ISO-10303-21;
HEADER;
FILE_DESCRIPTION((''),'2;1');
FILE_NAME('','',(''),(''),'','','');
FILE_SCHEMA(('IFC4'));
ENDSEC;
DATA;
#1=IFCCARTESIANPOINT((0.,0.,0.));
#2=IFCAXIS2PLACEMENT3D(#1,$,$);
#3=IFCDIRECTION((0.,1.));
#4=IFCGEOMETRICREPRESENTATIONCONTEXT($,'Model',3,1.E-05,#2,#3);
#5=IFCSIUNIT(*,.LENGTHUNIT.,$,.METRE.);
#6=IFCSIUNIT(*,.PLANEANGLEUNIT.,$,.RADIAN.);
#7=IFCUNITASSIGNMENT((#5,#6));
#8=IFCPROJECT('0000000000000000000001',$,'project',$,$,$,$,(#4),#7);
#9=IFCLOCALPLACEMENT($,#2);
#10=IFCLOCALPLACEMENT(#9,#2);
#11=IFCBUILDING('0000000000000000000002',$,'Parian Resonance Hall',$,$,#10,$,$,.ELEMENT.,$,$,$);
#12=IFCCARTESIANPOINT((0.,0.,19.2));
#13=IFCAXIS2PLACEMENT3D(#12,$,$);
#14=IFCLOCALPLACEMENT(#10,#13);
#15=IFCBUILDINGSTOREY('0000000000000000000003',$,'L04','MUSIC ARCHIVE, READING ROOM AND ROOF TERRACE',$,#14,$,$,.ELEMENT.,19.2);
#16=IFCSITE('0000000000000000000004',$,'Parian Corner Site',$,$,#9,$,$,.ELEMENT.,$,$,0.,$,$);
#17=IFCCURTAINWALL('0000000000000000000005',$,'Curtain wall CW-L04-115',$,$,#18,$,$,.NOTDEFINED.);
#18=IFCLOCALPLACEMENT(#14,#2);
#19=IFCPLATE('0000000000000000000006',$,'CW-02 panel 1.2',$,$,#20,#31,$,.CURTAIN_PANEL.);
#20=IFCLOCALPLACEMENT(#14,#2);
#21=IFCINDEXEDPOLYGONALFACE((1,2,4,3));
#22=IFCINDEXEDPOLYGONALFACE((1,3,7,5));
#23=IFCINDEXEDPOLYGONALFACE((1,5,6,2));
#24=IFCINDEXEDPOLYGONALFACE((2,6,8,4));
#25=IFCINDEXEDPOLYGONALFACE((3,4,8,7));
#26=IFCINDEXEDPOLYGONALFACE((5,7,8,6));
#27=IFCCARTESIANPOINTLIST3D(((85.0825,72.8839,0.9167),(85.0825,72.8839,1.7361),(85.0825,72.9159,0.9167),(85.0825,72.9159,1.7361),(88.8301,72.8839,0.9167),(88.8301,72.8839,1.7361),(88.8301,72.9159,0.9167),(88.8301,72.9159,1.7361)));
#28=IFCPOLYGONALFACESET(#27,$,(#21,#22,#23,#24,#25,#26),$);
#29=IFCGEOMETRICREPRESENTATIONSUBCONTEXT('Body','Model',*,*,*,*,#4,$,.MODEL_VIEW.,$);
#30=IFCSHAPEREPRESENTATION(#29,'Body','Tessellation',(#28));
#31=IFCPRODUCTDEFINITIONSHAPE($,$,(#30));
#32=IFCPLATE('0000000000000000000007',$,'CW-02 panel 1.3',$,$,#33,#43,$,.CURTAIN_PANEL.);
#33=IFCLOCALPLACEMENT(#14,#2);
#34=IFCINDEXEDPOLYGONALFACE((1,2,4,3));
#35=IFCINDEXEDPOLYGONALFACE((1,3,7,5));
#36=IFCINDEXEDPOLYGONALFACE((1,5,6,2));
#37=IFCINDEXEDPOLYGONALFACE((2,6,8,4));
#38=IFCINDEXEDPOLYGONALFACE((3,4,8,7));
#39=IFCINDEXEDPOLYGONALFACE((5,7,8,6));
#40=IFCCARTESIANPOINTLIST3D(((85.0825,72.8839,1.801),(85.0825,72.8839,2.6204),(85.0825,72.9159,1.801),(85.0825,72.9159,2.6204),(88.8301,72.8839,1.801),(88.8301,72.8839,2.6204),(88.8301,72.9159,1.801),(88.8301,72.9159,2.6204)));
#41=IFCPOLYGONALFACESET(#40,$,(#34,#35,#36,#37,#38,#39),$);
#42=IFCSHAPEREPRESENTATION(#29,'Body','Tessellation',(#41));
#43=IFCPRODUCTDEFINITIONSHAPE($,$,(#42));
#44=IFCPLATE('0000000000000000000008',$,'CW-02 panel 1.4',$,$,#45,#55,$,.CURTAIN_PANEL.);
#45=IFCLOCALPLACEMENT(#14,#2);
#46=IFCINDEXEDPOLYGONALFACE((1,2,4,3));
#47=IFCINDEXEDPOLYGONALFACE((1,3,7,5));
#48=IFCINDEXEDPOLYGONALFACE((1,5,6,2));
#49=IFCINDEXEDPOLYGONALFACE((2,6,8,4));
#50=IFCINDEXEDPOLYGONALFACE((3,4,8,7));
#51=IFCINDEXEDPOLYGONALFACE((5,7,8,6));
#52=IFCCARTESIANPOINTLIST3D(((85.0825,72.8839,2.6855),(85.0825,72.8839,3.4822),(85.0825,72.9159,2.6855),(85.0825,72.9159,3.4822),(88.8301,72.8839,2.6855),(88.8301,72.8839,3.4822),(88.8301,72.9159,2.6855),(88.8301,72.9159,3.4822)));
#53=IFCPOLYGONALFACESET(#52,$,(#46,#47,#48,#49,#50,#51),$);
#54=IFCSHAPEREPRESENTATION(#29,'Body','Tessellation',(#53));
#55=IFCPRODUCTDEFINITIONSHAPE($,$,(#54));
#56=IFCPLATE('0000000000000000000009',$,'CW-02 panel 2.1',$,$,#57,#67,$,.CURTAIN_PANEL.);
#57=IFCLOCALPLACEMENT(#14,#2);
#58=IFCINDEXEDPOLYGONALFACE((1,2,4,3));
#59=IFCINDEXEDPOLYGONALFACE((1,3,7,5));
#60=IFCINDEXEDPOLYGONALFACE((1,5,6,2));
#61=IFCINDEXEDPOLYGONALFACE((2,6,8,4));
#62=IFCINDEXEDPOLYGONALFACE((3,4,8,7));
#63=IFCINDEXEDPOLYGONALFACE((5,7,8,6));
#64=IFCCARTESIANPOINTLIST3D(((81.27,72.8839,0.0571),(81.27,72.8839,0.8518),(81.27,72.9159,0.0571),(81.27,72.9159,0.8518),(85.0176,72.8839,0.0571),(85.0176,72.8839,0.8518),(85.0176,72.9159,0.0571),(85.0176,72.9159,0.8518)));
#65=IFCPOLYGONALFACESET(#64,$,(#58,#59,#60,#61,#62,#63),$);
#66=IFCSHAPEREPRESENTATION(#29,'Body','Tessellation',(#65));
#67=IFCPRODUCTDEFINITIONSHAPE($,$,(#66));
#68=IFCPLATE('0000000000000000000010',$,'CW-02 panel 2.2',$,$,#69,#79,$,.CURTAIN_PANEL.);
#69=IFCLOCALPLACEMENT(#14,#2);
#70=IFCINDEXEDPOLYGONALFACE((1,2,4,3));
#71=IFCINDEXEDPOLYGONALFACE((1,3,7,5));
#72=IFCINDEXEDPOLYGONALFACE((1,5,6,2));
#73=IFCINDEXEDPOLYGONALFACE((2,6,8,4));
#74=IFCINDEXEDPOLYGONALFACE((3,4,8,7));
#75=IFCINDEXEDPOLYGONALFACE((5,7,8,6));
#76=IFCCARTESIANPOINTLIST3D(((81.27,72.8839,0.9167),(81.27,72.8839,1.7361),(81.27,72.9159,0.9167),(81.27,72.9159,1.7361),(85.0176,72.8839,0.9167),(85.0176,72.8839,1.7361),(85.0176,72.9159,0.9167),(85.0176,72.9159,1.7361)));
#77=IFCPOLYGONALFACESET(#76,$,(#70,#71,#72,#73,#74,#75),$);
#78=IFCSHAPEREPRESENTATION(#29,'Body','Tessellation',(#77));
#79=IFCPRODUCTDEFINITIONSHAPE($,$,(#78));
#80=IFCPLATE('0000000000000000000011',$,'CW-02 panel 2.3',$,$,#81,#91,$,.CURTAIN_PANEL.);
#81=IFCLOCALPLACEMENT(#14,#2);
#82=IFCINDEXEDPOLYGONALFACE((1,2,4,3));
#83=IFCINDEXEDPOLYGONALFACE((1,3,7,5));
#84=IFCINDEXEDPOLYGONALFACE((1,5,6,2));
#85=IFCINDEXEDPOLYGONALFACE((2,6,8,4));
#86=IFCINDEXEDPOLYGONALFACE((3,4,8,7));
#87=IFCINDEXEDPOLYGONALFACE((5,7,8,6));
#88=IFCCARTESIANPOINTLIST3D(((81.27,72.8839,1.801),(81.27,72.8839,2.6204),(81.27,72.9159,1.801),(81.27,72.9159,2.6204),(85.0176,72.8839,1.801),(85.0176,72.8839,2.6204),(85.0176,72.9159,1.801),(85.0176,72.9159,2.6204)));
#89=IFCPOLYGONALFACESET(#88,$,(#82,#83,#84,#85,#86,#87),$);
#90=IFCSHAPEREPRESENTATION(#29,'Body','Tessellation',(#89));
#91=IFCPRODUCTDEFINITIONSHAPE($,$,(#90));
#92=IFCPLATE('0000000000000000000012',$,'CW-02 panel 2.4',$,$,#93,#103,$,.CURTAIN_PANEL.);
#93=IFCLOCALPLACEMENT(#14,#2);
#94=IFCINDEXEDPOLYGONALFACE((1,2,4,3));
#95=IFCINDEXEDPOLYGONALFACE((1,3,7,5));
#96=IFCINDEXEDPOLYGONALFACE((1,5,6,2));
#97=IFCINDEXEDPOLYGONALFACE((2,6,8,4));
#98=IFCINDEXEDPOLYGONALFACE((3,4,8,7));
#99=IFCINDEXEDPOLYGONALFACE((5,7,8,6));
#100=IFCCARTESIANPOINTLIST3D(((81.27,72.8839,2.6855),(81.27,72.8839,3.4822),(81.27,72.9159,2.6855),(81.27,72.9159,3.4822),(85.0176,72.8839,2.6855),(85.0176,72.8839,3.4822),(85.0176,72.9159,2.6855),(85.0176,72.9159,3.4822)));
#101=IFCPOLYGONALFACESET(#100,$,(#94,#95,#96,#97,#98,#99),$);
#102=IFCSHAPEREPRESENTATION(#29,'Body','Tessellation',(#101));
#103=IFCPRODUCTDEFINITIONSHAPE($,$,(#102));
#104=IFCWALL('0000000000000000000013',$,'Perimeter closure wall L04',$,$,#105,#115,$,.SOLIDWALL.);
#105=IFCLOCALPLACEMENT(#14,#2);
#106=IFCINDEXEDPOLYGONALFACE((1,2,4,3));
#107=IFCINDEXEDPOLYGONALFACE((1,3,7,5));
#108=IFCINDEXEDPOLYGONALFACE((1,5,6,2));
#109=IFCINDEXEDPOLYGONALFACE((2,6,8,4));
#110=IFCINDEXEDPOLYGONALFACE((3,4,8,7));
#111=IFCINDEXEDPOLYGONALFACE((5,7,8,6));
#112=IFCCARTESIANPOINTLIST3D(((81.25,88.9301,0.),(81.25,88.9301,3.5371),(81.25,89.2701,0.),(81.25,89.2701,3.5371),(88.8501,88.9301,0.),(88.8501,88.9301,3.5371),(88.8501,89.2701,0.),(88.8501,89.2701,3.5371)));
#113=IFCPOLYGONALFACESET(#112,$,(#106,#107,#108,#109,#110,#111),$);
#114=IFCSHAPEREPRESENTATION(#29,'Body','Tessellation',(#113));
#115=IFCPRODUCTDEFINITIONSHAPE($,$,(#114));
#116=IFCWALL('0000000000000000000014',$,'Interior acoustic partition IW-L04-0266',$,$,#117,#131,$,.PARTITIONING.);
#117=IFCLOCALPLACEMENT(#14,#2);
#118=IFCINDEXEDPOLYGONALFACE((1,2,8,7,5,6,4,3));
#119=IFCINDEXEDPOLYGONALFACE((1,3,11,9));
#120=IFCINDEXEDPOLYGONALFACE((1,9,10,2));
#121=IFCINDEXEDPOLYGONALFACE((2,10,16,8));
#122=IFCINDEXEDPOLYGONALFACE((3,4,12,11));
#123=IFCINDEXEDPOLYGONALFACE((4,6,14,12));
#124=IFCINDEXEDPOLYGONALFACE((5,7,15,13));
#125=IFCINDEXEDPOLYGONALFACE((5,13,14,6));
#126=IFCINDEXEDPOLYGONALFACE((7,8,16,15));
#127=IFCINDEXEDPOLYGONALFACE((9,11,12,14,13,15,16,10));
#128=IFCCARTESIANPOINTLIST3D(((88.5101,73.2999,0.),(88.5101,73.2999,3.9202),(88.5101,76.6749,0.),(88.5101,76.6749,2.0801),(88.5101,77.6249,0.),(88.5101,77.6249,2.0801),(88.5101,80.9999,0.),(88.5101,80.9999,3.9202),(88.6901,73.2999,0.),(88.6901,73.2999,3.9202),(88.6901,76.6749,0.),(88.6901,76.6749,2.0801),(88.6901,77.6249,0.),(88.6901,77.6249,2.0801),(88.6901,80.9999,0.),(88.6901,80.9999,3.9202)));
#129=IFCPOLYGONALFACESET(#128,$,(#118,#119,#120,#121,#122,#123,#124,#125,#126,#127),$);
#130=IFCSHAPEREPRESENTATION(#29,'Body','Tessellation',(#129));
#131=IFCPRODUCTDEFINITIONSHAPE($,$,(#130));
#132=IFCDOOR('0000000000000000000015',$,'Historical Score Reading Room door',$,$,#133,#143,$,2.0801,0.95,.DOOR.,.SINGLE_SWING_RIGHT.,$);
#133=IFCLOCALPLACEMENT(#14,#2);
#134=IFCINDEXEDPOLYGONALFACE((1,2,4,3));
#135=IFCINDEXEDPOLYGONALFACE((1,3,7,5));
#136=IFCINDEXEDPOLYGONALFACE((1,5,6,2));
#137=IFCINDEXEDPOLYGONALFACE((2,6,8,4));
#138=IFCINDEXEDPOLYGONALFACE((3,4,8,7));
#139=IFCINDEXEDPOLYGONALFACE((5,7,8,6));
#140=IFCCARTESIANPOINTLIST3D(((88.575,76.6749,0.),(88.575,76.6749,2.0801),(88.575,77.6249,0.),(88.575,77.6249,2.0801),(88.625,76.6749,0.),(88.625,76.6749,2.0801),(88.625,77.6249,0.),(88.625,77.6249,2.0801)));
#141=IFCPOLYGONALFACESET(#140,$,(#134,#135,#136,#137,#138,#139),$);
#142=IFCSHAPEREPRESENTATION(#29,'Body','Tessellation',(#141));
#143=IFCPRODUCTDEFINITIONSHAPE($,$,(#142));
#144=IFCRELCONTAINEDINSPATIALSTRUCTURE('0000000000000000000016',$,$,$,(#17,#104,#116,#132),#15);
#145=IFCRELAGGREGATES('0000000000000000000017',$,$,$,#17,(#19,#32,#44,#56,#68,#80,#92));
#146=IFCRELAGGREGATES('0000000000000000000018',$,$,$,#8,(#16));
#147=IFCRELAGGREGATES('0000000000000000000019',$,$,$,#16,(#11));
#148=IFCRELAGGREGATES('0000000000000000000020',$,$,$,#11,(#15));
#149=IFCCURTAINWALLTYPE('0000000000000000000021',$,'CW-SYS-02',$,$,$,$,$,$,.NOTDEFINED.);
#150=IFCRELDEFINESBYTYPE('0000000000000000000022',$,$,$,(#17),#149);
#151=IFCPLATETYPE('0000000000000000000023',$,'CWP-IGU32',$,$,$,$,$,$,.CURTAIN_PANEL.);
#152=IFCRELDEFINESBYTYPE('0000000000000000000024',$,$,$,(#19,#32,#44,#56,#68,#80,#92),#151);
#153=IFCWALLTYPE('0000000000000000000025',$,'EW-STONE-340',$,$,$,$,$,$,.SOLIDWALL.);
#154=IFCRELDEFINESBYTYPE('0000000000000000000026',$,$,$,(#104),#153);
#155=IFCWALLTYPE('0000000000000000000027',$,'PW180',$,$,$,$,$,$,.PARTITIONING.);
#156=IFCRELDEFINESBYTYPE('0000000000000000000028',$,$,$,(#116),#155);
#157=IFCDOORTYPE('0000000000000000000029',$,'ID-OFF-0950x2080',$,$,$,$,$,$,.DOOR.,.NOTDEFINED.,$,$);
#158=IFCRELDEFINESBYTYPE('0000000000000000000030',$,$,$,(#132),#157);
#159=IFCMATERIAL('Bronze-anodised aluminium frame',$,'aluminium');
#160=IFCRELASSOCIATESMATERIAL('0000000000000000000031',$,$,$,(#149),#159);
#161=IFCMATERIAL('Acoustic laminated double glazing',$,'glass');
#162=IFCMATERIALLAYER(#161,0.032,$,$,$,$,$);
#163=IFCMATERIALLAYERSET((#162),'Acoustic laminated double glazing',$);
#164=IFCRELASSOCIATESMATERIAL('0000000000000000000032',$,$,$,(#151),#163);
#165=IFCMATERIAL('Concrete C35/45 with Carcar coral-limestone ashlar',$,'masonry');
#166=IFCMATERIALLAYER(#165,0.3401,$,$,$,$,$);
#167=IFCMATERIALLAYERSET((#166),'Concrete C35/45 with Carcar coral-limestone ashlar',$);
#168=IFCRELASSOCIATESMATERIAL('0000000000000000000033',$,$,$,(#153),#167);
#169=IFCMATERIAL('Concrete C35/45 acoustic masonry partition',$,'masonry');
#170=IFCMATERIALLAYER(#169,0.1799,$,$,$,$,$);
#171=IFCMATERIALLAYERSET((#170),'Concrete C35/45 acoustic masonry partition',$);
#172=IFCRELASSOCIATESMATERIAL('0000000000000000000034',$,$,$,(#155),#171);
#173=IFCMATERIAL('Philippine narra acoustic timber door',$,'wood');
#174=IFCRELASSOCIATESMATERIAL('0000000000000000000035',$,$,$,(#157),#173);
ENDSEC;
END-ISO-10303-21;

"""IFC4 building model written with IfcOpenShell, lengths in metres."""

from ifc_helpers import new_model, si_unit, direction, frame, frame_2d, origin, origin_2d, place, context, subcontext, project, spatial, rectangle, extrude, material, layer, layer_set, type_object, element, fill, aggregate, save


model = new_model("IFC4")

# Units and contexts
model_context = context("Model", 3, precision=1e-05, world=origin(), true_north=direction((0.0, 1.0)))
body_context = subcontext(model_context, "Body", "Model", "MODEL_VIEW")
ifc_project = project(units=[si_unit("LENGTHUNIT", "METRE"), si_unit("PLANEANGLEUNIT", "RADIAN")], contexts=[model_context])

# Site, building, storey
site_placement = place(None, origin())
site = spatial("IfcSite", under=ifc_project, at=site_placement, Name="Parian Corner Site", CompositionType="ELEMENT", RefElevation=0.0)
building_placement = place(site_placement, origin())
building = spatial("IfcBuilding", under=site, at=building_placement, Name="Parian Resonance Hall", CompositionType="ELEMENT")
storey_placement = place(building_placement, frame((0.0, 0.0, 19.2)))
storey = spatial("IfcBuildingStorey", under=building, at=storey_placement, Name="L04", Description="MUSIC ARCHIVE, READING ROOM AND ROOF TERRACE", CompositionType="ELEMENT", Elevation=19.2)

# Curtain wall, plates
ifc_material_1 = material(Name="Bronze-anodised aluminium frame", Category="aluminium")
curtain_wall_type = type_object("IfcCurtainWallType", Name="CW-SYS-02", PredefinedType="NOTDEFINED", material=ifc_material_1)
curtain_wall_placement = place(storey_placement, origin())
curtain_wall = element("IfcCurtainWall", 1, at=curtain_wall_placement, inside=storey, type_object=curtain_wall_type, Name="Curtain wall CW-L04-115", PredefinedType="NOTDEFINED")
ifc_material_2 = material(Name="Acoustic laminated double glazing", Category="glass")
ifc_layer_1 = layer(ifc_material_2, 0.032)
ifc_layer_set_1 = layer_set([ifc_layer_1], Name="Acoustic laminated double glazing")
plate_type = type_object("IfcPlateType", Name="CWP-IGU32", PredefinedType="CURTAIN_PANEL", material=ifc_layer_set_1)
plate_1_placement = place(storey_placement, frame((86.9563, 72.8999, 0.9167), z_axis=(0.0, 0.0, 1.0), x_axis=(-1.0, 0.0, 0.0)))
plate_1 = element("IfcPlate", 2, at=plate_1_placement, type_object=plate_type, Name="CW-02 panel 1.2", PredefinedType="CURTAIN_PANEL", context=body_context, shape_type="SweptSolid", body=[
    extrude(rectangle(XDim=3.7476, YDim=0.032, at=origin_2d()), origin(), (0.0, 0.0, 1.0), 0.8193),
])
plate_2_placement = place(storey_placement, frame((86.9563, 72.8999, 1.801), z_axis=(0.0, 0.0, 1.0), x_axis=(-1.0, 0.0, 0.0)))
plate_2 = element("IfcPlate", 3, at=plate_2_placement, type_object=plate_type, Name="CW-02 panel 1.3", PredefinedType="CURTAIN_PANEL", context=body_context, shape_type="SweptSolid", body=[
    extrude(rectangle(XDim=3.7476, YDim=0.032, at=origin_2d()), origin(), (0.0, 0.0, 1.0), 0.8193),
])
plate_3_placement = place(storey_placement, frame((86.9563, 72.8999, 2.6855), z_axis=(0.0, 0.0, 1.0), x_axis=(-1.0, 0.0, 0.0)))
plate_3 = element("IfcPlate", 4, at=plate_3_placement, type_object=plate_type, Name="CW-02 panel 1.4", PredefinedType="CURTAIN_PANEL", context=body_context, shape_type="SweptSolid", body=[
    extrude(rectangle(XDim=3.7476, YDim=0.032, at=origin_2d()), origin(), (0.0, 0.0, 1.0), 0.7966),
])
plate_4_placement = place(storey_placement, frame((83.1438, 72.8999, 0.0571), z_axis=(0.0, 0.0, 1.0), x_axis=(-1.0, 0.0, 0.0)))
plate_4 = element("IfcPlate", 5, at=plate_4_placement, type_object=plate_type, Name="CW-02 panel 2.1", PredefinedType="CURTAIN_PANEL", context=body_context, shape_type="SweptSolid", body=[
    extrude(rectangle(XDim=3.7476, YDim=0.032, at=origin_2d()), origin(), (0.0, 0.0, 1.0), 0.7947),
])
plate_5_placement = place(storey_placement, frame((83.1438, 72.8999, 0.9167), z_axis=(0.0, 0.0, 1.0), x_axis=(-1.0, 0.0, 0.0)))
plate_5 = element("IfcPlate", 6, at=plate_5_placement, type_object=plate_type, Name="CW-02 panel 2.2", PredefinedType="CURTAIN_PANEL", context=body_context, shape_type="SweptSolid", body=[
    extrude(rectangle(XDim=3.7476, YDim=0.032, at=origin_2d()), origin(), (0.0, 0.0, 1.0), 0.8193),
])
plate_6_placement = place(storey_placement, frame((83.1438, 72.8999, 1.801), z_axis=(0.0, 0.0, 1.0), x_axis=(-1.0, 0.0, 0.0)))
plate_6 = element("IfcPlate", 7, at=plate_6_placement, type_object=plate_type, Name="CW-02 panel 2.3", PredefinedType="CURTAIN_PANEL", context=body_context, shape_type="SweptSolid", body=[
    extrude(rectangle(XDim=3.7476, YDim=0.032, at=origin_2d()), origin(), (0.0, 0.0, 1.0), 0.8193),
])
plate_7_placement = place(storey_placement, frame((83.1438, 72.8999, 2.6855), z_axis=(0.0, 0.0, 1.0), x_axis=(-1.0, 0.0, 0.0)))
plate_7 = element("IfcPlate", 8, at=plate_7_placement, type_object=plate_type, Name="CW-02 panel 2.4", PredefinedType="CURTAIN_PANEL", context=body_context, shape_type="SweptSolid", body=[
    extrude(rectangle(XDim=3.7476, YDim=0.032, at=origin_2d()), origin(), (0.0, 0.0, 1.0), 0.7966),
])
aggregate(curtain_wall, [plate_1, plate_2, plate_3, plate_4, plate_5, plate_6, plate_7])

# Wall
ifc_material_3 = material(Name="Concrete C35/45 with Carcar coral-limestone ashlar", Category="masonry")
ifc_layer_2 = layer(ifc_material_3, 0.3401)
ifc_layer_set_2 = layer_set([ifc_layer_2], Name="Concrete C35/45 with Carcar coral-limestone ashlar")
wall_type_1 = type_object("IfcWallType", Name="EW-STONE-340", PredefinedType="SOLIDWALL", material=ifc_layer_set_2)
wall_1_placement = place(storey_placement, frame((88.8501, 89.1001, 0.0), z_axis=(0.0, 0.0, 1.0), x_axis=(-1.0, 0.0, 0.0)))
element("IfcWall", 9, at=wall_1_placement, inside=storey, type_object=wall_type_1, Name="Perimeter closure wall L04", PredefinedType="SOLIDWALL", context=body_context, shape_type="SweptSolid", body=[
    extrude(rectangle(XDim=7.6001, YDim=0.3401, at=frame_2d((3.8, 0.0))), origin(), (0.0, 0.0, 1.0), 3.5371),
])

# Wall, opening, door
ifc_material_4 = material(Name="Concrete C35/45 acoustic masonry partition", Category="masonry")
ifc_layer_3 = layer(ifc_material_4, 0.1799)
ifc_layer_set_3 = layer_set([ifc_layer_3], Name="Concrete C35/45 acoustic masonry partition")
wall_type_2 = type_object("IfcWallType", Name="PW180", PredefinedType="PARTITIONING", material=ifc_layer_set_3)
wall_2_placement = place(storey_placement, frame((88.6001, 81.0, 0.0), z_axis=(0.0, 0.0, 1.0), x_axis=(0.0, -1.0, 0.0)))
wall_2 = element("IfcWall", 10, at=wall_2_placement, inside=storey, type_object=wall_type_2, Name="Interior acoustic partition IW-L04-0266", PredefinedType="PARTITIONING", context=body_context, shape_type="SweptSolid", body=[
    extrude(rectangle(XDim=7.7, YDim=0.1799, at=frame_2d((3.8501, 0.0))), origin(), (0.0, 0.0, 1.0), 3.9202),
])
opening_placement = place(wall_2_placement, frame((3.375, 0.0, 0.0)))
opening = element("IfcOpeningElement", 11, at=opening_placement, cuts=wall_2, PredefinedType="OPENING", context=body_context, shape_type="SweptSolid", body=[
    extrude(rectangle(XDim=0.95, YDim=2.0801, at=frame_2d((0.4751, 1.04))), frame((0.0, 0.0999, 0.0), z_axis=(0.0, -1.0, 0.0), x_axis=(1.0, 0.0, 0.0)), (0.0, 0.0, 1.0), 0.2),
])
ifc_material_5 = material(Name="Philippine narra acoustic timber door", Category="wood")
door_type = type_object("IfcDoorType", Name="ID-OFF-0950x2080", OperationType="NOTDEFINED", PredefinedType="DOOR", material=ifc_material_5)
door_placement = place(opening_placement, origin())
door = element("IfcDoor", 12, at=door_placement, inside=storey, type_object=door_type, Name="Historical Score Reading Room door", OperationType="SINGLE_SWING_RIGHT", OverallHeight=2.0801, OverallWidth=0.95, PredefinedType="DOOR", context=body_context, shape_type="SweptSolid", body=[
    extrude(rectangle(XDim=0.95, YDim=2.0801, at=frame_2d((0.4751, 1.04))), frame((0.0, 0.0249, 0.0), z_axis=(0.0, -1.0, 0.0), x_axis=(1.0, 0.0, 0.0)), (0.0, 0.0, 1.0), 0.05),
])
fill(opening, door)

save(model, "model.ifc")
